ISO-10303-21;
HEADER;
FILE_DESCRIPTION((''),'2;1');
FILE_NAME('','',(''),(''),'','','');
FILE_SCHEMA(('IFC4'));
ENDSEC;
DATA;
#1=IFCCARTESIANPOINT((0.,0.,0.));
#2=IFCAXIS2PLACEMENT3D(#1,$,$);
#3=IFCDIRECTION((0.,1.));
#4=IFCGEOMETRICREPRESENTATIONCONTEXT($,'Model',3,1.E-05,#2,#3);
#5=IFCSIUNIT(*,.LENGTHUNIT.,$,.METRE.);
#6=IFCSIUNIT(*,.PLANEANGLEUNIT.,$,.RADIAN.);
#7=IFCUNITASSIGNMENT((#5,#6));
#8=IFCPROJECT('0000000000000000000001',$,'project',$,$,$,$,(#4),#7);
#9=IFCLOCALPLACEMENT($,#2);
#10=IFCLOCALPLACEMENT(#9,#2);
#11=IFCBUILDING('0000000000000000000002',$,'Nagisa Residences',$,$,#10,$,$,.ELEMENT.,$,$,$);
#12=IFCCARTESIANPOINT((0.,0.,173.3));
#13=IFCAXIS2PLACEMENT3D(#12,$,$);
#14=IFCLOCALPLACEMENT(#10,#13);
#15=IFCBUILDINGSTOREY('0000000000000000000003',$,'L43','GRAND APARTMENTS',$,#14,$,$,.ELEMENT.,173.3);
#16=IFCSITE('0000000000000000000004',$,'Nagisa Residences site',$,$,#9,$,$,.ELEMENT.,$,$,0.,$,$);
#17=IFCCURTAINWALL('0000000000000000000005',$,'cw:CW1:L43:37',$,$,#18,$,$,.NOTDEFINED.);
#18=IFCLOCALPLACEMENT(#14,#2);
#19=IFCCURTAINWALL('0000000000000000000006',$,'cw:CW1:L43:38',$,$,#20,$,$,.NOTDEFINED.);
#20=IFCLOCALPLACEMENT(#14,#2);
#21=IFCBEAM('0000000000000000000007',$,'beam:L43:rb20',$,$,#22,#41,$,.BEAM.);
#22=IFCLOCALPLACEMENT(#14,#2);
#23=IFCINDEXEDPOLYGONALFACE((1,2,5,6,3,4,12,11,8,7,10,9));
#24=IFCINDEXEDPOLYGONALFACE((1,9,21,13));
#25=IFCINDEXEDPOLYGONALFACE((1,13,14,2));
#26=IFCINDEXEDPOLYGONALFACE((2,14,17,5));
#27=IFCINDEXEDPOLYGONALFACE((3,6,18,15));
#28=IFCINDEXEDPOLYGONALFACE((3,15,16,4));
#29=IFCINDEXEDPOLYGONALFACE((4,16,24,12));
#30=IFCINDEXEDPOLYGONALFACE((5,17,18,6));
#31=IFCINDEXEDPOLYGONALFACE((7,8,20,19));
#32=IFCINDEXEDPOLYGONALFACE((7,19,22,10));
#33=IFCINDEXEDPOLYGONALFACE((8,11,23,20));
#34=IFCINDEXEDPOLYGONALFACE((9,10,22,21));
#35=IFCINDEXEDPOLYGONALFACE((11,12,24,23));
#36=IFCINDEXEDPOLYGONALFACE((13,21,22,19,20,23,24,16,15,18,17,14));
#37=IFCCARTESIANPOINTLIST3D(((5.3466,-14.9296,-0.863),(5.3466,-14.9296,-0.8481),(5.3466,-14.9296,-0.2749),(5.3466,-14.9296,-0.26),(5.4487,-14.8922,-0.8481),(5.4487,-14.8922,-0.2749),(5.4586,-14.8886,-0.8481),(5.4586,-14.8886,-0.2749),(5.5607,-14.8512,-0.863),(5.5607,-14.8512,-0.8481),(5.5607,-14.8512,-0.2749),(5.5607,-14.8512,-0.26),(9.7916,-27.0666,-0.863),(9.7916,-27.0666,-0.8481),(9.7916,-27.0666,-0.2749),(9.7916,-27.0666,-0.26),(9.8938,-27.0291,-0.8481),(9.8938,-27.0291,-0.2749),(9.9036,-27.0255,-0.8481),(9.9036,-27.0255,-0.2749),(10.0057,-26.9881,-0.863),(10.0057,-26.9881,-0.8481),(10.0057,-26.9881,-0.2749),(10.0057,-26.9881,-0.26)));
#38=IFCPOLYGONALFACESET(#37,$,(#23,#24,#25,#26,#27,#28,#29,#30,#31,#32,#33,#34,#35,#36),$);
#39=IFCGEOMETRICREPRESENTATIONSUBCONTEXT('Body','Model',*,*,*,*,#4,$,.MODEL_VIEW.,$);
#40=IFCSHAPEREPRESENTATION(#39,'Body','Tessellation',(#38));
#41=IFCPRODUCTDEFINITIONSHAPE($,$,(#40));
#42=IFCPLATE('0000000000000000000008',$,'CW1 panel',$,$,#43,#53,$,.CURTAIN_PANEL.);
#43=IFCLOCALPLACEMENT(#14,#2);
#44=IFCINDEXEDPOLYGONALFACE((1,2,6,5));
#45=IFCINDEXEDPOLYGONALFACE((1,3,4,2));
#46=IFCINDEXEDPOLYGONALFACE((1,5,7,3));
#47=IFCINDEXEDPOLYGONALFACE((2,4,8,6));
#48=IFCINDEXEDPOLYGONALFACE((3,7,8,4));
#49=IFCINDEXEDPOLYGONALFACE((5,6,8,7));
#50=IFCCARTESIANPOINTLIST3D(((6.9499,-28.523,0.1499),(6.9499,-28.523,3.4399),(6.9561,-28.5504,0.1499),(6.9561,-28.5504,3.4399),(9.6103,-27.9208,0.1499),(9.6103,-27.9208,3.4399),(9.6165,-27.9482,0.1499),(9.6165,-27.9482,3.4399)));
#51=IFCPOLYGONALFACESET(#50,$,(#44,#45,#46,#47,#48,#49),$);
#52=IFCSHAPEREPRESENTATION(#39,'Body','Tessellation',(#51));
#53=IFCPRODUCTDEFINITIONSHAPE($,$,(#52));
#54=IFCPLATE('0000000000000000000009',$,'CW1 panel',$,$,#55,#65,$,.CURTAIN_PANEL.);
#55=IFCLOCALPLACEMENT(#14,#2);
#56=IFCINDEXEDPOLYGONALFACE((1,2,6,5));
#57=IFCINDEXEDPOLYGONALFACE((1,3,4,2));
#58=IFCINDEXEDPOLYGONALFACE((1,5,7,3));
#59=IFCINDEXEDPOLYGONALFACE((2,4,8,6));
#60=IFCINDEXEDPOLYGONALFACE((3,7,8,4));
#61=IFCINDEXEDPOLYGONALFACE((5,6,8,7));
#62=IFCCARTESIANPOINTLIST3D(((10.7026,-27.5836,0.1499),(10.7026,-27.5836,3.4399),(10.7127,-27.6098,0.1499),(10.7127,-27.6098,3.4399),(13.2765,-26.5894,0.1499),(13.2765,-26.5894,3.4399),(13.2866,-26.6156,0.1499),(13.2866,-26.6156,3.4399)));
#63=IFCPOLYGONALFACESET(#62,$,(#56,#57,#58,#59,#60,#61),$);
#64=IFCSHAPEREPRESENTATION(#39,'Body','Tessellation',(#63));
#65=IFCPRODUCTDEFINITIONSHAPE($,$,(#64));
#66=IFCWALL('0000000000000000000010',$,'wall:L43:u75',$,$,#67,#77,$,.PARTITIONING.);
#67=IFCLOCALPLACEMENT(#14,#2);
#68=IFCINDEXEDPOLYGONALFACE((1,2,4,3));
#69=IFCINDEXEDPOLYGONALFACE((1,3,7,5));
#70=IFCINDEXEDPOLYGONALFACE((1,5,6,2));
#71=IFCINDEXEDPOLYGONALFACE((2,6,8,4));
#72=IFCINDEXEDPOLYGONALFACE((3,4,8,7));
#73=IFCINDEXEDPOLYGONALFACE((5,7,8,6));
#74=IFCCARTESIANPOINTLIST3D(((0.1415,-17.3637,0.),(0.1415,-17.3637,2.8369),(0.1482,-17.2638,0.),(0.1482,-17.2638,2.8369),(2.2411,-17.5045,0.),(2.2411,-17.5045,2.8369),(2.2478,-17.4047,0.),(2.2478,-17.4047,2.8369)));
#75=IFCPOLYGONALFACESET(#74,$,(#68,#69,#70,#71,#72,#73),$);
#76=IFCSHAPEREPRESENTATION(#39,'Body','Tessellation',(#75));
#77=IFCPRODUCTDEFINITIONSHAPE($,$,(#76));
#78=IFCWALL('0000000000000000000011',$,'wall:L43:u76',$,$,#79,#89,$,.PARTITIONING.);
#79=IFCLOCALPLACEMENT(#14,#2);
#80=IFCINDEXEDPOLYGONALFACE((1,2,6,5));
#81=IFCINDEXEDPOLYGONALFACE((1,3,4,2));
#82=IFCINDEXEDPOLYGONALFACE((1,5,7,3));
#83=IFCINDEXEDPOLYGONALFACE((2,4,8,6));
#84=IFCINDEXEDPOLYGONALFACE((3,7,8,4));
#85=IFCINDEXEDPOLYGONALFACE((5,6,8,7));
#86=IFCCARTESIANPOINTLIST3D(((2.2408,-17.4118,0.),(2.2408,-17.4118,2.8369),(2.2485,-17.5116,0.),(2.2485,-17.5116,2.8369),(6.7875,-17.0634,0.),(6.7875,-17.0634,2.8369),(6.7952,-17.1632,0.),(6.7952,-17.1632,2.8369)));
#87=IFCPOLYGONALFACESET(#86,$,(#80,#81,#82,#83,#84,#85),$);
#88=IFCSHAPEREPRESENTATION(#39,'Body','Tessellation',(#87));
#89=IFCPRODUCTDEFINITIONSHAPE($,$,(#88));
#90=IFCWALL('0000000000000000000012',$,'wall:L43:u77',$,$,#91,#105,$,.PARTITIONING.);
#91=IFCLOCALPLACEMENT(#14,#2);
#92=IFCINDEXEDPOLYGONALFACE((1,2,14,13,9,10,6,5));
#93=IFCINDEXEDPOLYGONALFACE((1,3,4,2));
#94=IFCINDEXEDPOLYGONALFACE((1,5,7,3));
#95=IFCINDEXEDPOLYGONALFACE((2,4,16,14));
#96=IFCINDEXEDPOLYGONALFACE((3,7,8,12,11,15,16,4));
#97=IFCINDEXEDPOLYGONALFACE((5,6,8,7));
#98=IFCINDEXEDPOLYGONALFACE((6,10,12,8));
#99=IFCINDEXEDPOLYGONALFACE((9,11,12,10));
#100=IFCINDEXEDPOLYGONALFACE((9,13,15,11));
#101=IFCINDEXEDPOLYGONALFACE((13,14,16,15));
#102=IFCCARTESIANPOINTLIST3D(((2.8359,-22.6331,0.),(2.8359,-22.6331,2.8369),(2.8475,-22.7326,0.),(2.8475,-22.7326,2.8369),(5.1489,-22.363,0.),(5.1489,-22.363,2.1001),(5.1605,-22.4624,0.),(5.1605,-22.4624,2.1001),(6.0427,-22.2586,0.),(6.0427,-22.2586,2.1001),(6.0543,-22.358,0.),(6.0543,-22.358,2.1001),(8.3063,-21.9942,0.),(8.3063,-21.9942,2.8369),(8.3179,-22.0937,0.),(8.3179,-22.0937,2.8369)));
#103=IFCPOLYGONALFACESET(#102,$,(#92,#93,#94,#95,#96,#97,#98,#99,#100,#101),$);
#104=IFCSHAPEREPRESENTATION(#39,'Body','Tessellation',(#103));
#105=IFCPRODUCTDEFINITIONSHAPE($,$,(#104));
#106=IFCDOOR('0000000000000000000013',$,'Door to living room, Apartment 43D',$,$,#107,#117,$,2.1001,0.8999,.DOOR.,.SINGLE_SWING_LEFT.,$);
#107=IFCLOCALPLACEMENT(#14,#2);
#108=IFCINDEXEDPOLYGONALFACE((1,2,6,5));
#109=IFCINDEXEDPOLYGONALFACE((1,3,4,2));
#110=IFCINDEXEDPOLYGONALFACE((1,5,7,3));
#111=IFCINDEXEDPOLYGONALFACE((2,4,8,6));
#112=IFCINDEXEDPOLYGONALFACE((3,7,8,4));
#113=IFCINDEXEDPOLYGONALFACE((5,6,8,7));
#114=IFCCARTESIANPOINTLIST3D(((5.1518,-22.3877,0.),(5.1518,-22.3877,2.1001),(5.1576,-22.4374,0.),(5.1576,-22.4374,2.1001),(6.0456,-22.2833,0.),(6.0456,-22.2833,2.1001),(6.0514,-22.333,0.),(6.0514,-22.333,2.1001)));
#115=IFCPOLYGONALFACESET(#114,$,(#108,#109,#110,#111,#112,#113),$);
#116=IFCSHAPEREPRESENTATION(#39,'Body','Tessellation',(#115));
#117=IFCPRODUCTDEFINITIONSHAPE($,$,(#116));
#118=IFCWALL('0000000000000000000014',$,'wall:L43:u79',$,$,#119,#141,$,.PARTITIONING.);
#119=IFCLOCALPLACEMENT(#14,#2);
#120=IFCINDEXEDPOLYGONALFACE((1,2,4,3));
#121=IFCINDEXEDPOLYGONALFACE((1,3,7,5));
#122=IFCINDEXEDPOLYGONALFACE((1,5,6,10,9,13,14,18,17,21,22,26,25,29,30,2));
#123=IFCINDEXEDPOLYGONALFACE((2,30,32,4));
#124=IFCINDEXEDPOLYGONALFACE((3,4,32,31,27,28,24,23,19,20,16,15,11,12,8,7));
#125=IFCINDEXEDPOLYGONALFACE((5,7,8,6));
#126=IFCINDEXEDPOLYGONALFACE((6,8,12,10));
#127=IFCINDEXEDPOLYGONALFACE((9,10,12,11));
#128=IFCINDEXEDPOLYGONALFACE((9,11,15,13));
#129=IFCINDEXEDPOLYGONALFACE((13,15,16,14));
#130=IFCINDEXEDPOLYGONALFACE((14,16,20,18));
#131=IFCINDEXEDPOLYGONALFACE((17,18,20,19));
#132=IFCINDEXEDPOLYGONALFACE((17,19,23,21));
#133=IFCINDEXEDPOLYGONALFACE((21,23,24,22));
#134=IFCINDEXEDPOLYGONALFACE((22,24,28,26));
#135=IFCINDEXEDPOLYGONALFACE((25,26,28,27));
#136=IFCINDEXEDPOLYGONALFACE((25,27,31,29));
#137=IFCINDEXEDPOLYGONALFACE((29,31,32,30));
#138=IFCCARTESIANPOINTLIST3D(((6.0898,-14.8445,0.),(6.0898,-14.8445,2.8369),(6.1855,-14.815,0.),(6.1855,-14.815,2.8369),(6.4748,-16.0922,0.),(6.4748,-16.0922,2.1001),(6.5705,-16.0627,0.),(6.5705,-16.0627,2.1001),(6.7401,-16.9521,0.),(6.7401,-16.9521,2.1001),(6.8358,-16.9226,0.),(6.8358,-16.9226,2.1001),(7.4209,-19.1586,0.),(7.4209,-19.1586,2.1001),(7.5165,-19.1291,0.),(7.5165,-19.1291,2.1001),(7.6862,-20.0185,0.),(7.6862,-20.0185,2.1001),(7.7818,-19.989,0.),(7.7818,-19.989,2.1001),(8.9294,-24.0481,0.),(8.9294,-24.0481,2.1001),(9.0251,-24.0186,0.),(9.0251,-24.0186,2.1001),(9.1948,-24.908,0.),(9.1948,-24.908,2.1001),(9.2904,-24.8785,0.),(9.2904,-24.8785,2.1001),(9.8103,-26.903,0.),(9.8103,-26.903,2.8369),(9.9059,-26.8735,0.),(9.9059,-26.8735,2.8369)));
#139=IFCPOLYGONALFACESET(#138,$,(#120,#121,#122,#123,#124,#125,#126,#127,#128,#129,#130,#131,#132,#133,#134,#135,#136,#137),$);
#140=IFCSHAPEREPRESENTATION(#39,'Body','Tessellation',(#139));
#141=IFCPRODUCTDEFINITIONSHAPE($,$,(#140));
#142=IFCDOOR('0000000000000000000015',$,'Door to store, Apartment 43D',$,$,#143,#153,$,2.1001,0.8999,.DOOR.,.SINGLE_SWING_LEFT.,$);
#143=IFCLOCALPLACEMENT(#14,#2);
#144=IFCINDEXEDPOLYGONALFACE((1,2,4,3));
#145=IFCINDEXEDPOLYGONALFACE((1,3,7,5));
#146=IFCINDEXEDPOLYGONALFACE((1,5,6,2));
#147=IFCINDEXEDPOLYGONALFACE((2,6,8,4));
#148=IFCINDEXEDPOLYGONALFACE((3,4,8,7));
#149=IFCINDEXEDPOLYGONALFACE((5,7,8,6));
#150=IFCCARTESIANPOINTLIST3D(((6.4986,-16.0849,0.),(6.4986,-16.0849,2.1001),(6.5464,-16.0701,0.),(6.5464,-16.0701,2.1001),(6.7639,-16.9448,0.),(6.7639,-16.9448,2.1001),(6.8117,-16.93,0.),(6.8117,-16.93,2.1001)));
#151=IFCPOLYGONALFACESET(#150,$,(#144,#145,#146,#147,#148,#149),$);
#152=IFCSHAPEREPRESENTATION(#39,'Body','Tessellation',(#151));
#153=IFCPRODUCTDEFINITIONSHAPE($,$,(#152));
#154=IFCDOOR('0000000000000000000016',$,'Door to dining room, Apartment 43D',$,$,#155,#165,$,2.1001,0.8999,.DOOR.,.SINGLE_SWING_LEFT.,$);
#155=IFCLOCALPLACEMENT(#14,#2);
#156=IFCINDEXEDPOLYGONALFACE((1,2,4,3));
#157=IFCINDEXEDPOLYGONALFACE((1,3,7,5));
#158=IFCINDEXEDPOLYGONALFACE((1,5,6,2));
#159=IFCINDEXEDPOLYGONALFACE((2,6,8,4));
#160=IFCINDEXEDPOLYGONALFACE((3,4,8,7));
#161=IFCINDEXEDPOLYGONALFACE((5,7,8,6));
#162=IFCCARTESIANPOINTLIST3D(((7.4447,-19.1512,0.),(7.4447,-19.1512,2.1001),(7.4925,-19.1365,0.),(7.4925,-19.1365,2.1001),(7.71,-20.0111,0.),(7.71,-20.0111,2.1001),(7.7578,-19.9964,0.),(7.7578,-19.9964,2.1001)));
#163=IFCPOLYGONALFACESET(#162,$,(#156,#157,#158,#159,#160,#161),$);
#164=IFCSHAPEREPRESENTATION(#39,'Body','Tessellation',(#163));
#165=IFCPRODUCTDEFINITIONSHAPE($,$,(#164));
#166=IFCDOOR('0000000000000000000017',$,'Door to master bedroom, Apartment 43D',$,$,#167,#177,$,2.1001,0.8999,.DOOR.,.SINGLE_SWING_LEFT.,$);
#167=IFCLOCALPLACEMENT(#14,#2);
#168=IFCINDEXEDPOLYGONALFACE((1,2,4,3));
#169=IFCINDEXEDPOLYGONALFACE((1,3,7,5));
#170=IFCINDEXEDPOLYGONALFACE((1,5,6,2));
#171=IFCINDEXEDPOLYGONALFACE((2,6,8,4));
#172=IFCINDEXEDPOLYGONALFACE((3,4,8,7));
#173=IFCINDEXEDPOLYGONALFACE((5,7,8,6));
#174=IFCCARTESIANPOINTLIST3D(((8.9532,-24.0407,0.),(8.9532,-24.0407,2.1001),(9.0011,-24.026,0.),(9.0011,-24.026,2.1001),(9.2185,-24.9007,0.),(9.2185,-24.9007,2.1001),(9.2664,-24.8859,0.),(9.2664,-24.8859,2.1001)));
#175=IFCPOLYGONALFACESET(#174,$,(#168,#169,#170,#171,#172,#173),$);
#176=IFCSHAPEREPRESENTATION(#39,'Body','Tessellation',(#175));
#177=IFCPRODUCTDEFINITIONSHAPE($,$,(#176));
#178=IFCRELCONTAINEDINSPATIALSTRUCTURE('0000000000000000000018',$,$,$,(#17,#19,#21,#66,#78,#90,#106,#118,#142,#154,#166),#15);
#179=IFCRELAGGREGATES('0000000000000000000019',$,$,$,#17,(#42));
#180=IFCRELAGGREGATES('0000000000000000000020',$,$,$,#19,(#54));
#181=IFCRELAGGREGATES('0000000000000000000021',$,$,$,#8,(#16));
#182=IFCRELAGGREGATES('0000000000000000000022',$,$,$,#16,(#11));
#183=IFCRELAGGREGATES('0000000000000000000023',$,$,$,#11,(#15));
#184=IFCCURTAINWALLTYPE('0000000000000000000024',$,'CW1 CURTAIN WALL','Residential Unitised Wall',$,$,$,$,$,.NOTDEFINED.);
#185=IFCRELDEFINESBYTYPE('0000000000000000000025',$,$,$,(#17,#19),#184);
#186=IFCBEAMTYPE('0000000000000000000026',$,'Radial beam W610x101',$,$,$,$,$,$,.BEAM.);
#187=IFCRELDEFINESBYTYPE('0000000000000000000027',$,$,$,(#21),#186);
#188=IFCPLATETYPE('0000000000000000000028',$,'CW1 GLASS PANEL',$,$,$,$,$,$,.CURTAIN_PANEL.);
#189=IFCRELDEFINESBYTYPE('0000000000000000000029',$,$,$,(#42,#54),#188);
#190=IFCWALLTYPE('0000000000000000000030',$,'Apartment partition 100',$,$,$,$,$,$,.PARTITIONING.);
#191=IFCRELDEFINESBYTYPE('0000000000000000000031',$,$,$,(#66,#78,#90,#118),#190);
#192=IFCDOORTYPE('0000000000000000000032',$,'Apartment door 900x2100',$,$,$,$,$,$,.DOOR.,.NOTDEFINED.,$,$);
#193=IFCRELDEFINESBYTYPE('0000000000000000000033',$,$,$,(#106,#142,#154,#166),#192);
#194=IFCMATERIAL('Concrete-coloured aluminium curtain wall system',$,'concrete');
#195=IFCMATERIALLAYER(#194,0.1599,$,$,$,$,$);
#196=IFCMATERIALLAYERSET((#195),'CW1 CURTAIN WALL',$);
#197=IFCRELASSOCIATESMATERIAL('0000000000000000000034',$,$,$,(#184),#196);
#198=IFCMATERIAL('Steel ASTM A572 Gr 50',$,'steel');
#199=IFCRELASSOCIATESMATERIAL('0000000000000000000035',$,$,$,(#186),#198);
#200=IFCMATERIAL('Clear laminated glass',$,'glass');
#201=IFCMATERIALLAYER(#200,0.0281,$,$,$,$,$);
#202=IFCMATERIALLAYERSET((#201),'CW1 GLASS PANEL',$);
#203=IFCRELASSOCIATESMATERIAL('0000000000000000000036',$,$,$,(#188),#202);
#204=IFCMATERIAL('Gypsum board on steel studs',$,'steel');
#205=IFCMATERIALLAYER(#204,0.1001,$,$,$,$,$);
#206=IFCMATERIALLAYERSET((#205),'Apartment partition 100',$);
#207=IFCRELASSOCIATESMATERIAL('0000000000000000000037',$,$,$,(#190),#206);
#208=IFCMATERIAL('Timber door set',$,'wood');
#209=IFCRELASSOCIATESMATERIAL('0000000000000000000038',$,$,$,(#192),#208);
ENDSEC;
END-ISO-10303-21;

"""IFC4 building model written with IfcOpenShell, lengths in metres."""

from ifc_helpers import new_model, si_unit, direction, frame, frame_2d, origin, origin_2d, place, context, subcontext, project, spatial, rectangle, i_section, extrude, material, layer, layer_set, material_profile, profile_set, type_object, element, fill, aggregate, save


model = new_model("IFC4")

# Units and contexts
model_context = context("Model", 3, precision=1e-05, world=origin(), true_north=direction((0.0, 1.0)))
body_context = subcontext(model_context, "Body", "Model", "MODEL_VIEW")
ifc_project = project(units=[si_unit("LENGTHUNIT", "METRE"), si_unit("PLANEANGLEUNIT", "RADIAN")], contexts=[model_context])

# Site, building, storey
site_placement = place(None, origin())
site = spatial("IfcSite", under=ifc_project, at=site_placement, Name="Nagisa Residences site", CompositionType="ELEMENT", RefElevation=0.0)
building_placement = place(site_placement, origin())
building = spatial("IfcBuilding", under=site, at=building_placement, Name="Nagisa Residences", CompositionType="ELEMENT")
storey_placement = place(building_placement, frame((0.0, 0.0, 173.3)))
storey = spatial("IfcBuildingStorey", under=building, at=storey_placement, Name="L43", Description="GRAND APARTMENTS", CompositionType="ELEMENT", Elevation=173.3)

# Curtain walls
ifc_material_1 = material(Name="Concrete-coloured aluminium curtain wall system", Category="concrete")
ifc_layer_1 = layer(ifc_material_1, 0.1599)
ifc_layer_set_1 = layer_set([ifc_layer_1], Name="CW1 CURTAIN WALL")
curtain_wall_type = type_object("IfcCurtainWallType", Name="CW1 CURTAIN WALL", Description="Residential Unitised Wall", PredefinedType="NOTDEFINED", material=ifc_layer_set_1)
curtain_wall_1_placement = place(storey_placement, origin())
curtain_wall_1 = element("IfcCurtainWall", 1, at=curtain_wall_1_placement, inside=storey, type_object=curtain_wall_type, Name="cw:CW1:L43:37", PredefinedType="NOTDEFINED")
curtain_wall_2_placement = place(storey_placement, origin())
curtain_wall_2 = element("IfcCurtainWall", 2, at=curtain_wall_2_placement, inside=storey, type_object=curtain_wall_type, Name="cw:CW1:L43:38", PredefinedType="NOTDEFINED")

# Beam
ifc_material_2 = material(Name="Steel ASTM A572 Gr 50", Category="steel")
ifc_material_profile_1 = material_profile(ifc_material_2, i_section(OverallWidth=0.228, OverallDepth=0.603, WebThickness=0.0105, FlangeThickness=0.0149, at=origin_2d()), Name="W610x101")
ifc_profile_set_1 = profile_set([ifc_material_profile_1], Name="Steel ASTM A572 Gr 50")
beam_type_1 = type_object("IfcBeamType", Name="Radial beam W610x101", PredefinedType="BEAM", material=ifc_profile_set_1)
beam_1_placement = place(storey_placement, frame((9.8987, -27.0273, -0.5615), z_axis=(-0.343903, 0.939005, 0.0), x_axis=(-0.939005, -0.343903, 0.0)))
element("IfcBeam", 3, at=beam_1_placement, inside=storey, type_object=beam_type_1, Name="beam:L43:rb20", PredefinedType="BEAM", context=body_context, shape_type="SweptSolid", body=[
    extrude(i_section(OverallWidth=0.228, OverallDepth=0.603, WebThickness=0.0105, FlangeThickness=0.0149, at=origin_2d()), origin(), (0.0, 0.0, 1.0), 12.9253),
])

# Plates
ifc_material_3 = material(Name="Clear laminated glass", Category="glass")
ifc_layer_2 = layer(ifc_material_3, 0.0281)
ifc_layer_set_2 = layer_set([ifc_layer_2], Name="CW1 GLASS PANEL")
plate_type = type_object("IfcPlateType", Name="CW1 GLASS PANEL", PredefinedType="CURTAIN_PANEL", material=ifc_layer_set_2)
plate_1_placement = place(storey_placement, frame((8.2832, -28.2356, 0.1499), z_axis=(0.0, 0.0, 1.0), x_axis=(0.975327, 0.220764, 0.0)))
plate_1 = element("IfcPlate", 4, at=plate_1_placement, type_object=plate_type, Name="CW1 panel", PredefinedType="CURTAIN_PANEL", context=body_context, shape_type="SweptSolid", body=[
    extrude(rectangle(XDim=2.7278, YDim=0.0281, at=origin_2d()), origin(), (0.0, 0.0, 1.0), 3.29),
])
aggregate(curtain_wall_1, [plate_1])
plate_2_placement = place(storey_placement, frame((11.9946, -27.0996, 0.1499), z_axis=(0.0, 0.0, 1.0), x_axis=(0.932826, 0.360328, 0.0)))
plate_2 = element("IfcPlate", 5, at=plate_2_placement, type_object=plate_type, Name="CW1 panel", PredefinedType="CURTAIN_PANEL", context=body_context, shape_type="SweptSolid", body=[
    extrude(rectangle(XDim=2.7593, YDim=0.0281, at=origin_2d()), origin(), (0.0, 0.0, 1.0), 3.29),
])
aggregate(curtain_wall_2, [plate_2])

# Walls
ifc_material_4 = material(Name="Gypsum board on steel studs", Category="steel")
ifc_layer_3 = layer(ifc_material_4, 0.1001)
ifc_layer_set_3 = layer_set([ifc_layer_3], Name="Apartment partition 100")
wall_type_1 = type_object("IfcWallType", Name="Apartment partition 100", PredefinedType="PARTITIONING", material=ifc_layer_set_3)
wall_1_placement = place(storey_placement, frame((0.1448, -17.3137, 0.0), z_axis=(0.0, 0.0, 1.0), x_axis=(0.997757, -0.066943, 0.0)))
element("IfcWall", 6, at=wall_1_placement, inside=storey, type_object=wall_type_1, Name="wall:L43:u75", PredefinedType="PARTITIONING", context=body_context, shape_type="SweptSolid", body=[
    extrude(rectangle(XDim=2.1042, YDim=0.1001, at=frame_2d((1.0522, 0.0))), origin(), (0.0, 0.0, 1.0), 2.8369),
])
wall_2_placement = place(storey_placement, frame((2.2446, -17.4617, 0.0), z_axis=(0.0, 0.0, 1.0), x_axis=(0.997077, 0.076402, 0.0)))
element("IfcWall", 7, at=wall_2_placement, inside=storey, type_object=wall_type_1, Name="wall:L43:u76", PredefinedType="PARTITIONING", context=body_context, shape_type="SweptSolid", body=[
    extrude(rectangle(XDim=4.5601, YDim=0.1001, at=frame_2d((2.28, 0.0))), origin(), (0.0, 0.0, 1.0), 2.8369),
])

# Wall, opening, door
wall_3_placement = place(storey_placement, frame((2.8416, -22.6829, 0.0), z_axis=(0.0, 0.0, 1.0), x_axis=(0.993249, 0.116005, 0.0)))
wall_3 = element("IfcWall", 8, at=wall_3_placement, inside=storey, type_object=wall_type_1, Name="wall:L43:u77", PredefinedType="PARTITIONING", context=body_context, shape_type="SweptSolid", body=[
    extrude(rectangle(XDim=5.5076, YDim=0.1001, at=frame_2d((2.7539, 0.0))), origin(), (0.0, 0.0, 1.0), 2.8369),
])
opening_1_placement = place(wall_3_placement, frame((2.3289, 0.0, 0.0)))
opening_1 = element("IfcOpeningElement", 9, at=opening_1_placement, cuts=wall_3, PredefinedType="OPENING", context=body_context, shape_type="SweptSolid", body=[
    extrude(rectangle(XDim=0.8999, YDim=2.1001, at=frame_2d((0.45, 1.05))), frame((0.0, 0.0601, 0.0), z_axis=(0.0, -1.0, 0.0), x_axis=(1.0, 0.0, 0.0)), (0.0, 0.0, 1.0), 0.1201),
])
ifc_material_5 = material(Name="Timber door set", Category="wood")
door_type_1 = type_object("IfcDoorType", Name="Apartment door 900x2100", OperationType="NOTDEFINED", PredefinedType="DOOR", material=ifc_material_5)
door_1_placement = place(opening_1_placement, frame((0.8999, 0.0, 0.0), x_axis=(-1.0, 0.0, 0.0)))
door_1 = element("IfcDoor", 10, at=door_1_placement, inside=storey, type_object=door_type_1, Name="Door to living room, Apartment 43D", OperationType="SINGLE_SWING_LEFT", OverallHeight=2.1001, OverallWidth=0.8999, PredefinedType="DOOR", context=body_context, shape_type="SweptSolid", body=[
    extrude(rectangle(XDim=0.8999, YDim=2.1001, at=frame_2d((0.45, 1.05))), frame((0.0, 0.0249, 0.0), z_axis=(0.0, -1.0, 0.0), x_axis=(1.0, 0.0, 0.0)), (0.0, 0.0, 1.0), 0.05),
])
fill(opening_1, door_1)

# Wall, openings, doors
wall_4_placement = place(storey_placement, frame((6.1377, -14.8298, 0.0), z_axis=(0.0, 0.0, 1.0), x_axis=(0.294819, -0.955553, 0.0)))
wall_4 = element("IfcWall", 11, at=wall_4_placement, inside=storey, type_object=wall_type_1, Name="wall:L43:u79", PredefinedType="PARTITIONING", context=body_context, shape_type="SweptSolid", body=[
    extrude(rectangle(XDim=12.6194, YDim=0.1001, at=frame_2d((6.3096, 0.0))), origin(), (0.0, 0.0, 1.0), 2.8369),
])
opening_2_placement = place(wall_4_placement, frame((1.3057, 0.0, 0.0)))
opening_2 = element("IfcOpeningElement", 12, at=opening_2_placement, cuts=wall_4, PredefinedType="OPENING", context=body_context, shape_type="SweptSolid", body=[
    extrude(rectangle(XDim=0.8999, YDim=2.1001, at=frame_2d((0.45, 1.05))), frame((0.0, 0.0601, 0.0), z_axis=(0.0, -1.0, 0.0), x_axis=(1.0, 0.0, 0.0)), (0.0, 0.0, 1.0), 0.1201),
])
opening_3_placement = place(wall_4_placement, frame((4.5146, 0.0, 0.0)))
opening_3 = element("IfcOpeningElement", 13, at=opening_3_placement, cuts=wall_4, PredefinedType="OPENING", context=body_context, shape_type="SweptSolid", body=[
    extrude(rectangle(XDim=0.8999, YDim=2.1001, at=frame_2d((0.45, 1.05))), frame((0.0, 0.0601, 0.0), z_axis=(0.0, -1.0, 0.0), x_axis=(1.0, 0.0, 0.0)), (0.0, 0.0, 1.0), 0.1201),
])
opening_4_placement = place(wall_4_placement, frame((9.6316, 0.0, 0.0)))
opening_4 = element("IfcOpeningElement", 14, at=opening_4_placement, cuts=wall_4, PredefinedType="OPENING", context=body_context, shape_type="SweptSolid", body=[
    extrude(rectangle(XDim=0.8999, YDim=2.1001, at=frame_2d((0.45, 1.05))), frame((0.0, 0.0601, 0.0), z_axis=(0.0, -1.0, 0.0), x_axis=(1.0, 0.0, 0.0)), (0.0, 0.0, 1.0), 0.1201),
])
door_2_placement = place(opening_2_placement, origin())
door_2 = element("IfcDoor", 15, at=door_2_placement, inside=storey, type_object=door_type_1, Name="Door to store, Apartment 43D", OperationType="SINGLE_SWING_LEFT", OverallHeight=2.1001, OverallWidth=0.8999, PredefinedType="DOOR", context=body_context, shape_type="SweptSolid", body=[
    extrude(rectangle(XDim=0.8999, YDim=2.1001, at=frame_2d((0.45, 1.05))), frame((0.0, 0.0249, 0.0), z_axis=(0.0, -1.0, 0.0), x_axis=(1.0, 0.0, 0.0)), (0.0, 0.0, 1.0), 0.05),
])
fill(opening_2, door_2)
door_3_placement = place(opening_3_placement, origin())
door_3 = element("IfcDoor", 16, at=door_3_placement, inside=storey, type_object=door_type_1, Name="Door to dining room, Apartment 43D", OperationType="SINGLE_SWING_LEFT", OverallHeight=2.1001, OverallWidth=0.8999, PredefinedType="DOOR", context=body_context, shape_type="SweptSolid", body=[
    extrude(rectangle(XDim=0.8999, YDim=2.1001, at=frame_2d((0.45, 1.05))), frame((0.0, 0.0249, 0.0), z_axis=(0.0, -1.0, 0.0), x_axis=(1.0, 0.0, 0.0)), (0.0, 0.0, 1.0), 0.05),
])
fill(opening_3, door_3)
door_4_placement = place(opening_4_placement, origin())
door_4 = element("IfcDoor", 17, at=door_4_placement, inside=storey, type_object=door_type_1, Name="Door to master bedroom, Apartment 43D", OperationType="SINGLE_SWING_LEFT", OverallHeight=2.1001, OverallWidth=0.8999, PredefinedType="DOOR", context=body_context, shape_type="SweptSolid", body=[
    extrude(rectangle(XDim=0.8999, YDim=2.1001, at=frame_2d((0.45, 1.05))), frame((0.0, 0.0249, 0.0), z_axis=(0.0, -1.0, 0.0), x_axis=(1.0, 0.0, 0.0)), (0.0, 0.0, 1.0), 0.05),
])
fill(opening_4, door_4)

save(model, "model.ifc")
